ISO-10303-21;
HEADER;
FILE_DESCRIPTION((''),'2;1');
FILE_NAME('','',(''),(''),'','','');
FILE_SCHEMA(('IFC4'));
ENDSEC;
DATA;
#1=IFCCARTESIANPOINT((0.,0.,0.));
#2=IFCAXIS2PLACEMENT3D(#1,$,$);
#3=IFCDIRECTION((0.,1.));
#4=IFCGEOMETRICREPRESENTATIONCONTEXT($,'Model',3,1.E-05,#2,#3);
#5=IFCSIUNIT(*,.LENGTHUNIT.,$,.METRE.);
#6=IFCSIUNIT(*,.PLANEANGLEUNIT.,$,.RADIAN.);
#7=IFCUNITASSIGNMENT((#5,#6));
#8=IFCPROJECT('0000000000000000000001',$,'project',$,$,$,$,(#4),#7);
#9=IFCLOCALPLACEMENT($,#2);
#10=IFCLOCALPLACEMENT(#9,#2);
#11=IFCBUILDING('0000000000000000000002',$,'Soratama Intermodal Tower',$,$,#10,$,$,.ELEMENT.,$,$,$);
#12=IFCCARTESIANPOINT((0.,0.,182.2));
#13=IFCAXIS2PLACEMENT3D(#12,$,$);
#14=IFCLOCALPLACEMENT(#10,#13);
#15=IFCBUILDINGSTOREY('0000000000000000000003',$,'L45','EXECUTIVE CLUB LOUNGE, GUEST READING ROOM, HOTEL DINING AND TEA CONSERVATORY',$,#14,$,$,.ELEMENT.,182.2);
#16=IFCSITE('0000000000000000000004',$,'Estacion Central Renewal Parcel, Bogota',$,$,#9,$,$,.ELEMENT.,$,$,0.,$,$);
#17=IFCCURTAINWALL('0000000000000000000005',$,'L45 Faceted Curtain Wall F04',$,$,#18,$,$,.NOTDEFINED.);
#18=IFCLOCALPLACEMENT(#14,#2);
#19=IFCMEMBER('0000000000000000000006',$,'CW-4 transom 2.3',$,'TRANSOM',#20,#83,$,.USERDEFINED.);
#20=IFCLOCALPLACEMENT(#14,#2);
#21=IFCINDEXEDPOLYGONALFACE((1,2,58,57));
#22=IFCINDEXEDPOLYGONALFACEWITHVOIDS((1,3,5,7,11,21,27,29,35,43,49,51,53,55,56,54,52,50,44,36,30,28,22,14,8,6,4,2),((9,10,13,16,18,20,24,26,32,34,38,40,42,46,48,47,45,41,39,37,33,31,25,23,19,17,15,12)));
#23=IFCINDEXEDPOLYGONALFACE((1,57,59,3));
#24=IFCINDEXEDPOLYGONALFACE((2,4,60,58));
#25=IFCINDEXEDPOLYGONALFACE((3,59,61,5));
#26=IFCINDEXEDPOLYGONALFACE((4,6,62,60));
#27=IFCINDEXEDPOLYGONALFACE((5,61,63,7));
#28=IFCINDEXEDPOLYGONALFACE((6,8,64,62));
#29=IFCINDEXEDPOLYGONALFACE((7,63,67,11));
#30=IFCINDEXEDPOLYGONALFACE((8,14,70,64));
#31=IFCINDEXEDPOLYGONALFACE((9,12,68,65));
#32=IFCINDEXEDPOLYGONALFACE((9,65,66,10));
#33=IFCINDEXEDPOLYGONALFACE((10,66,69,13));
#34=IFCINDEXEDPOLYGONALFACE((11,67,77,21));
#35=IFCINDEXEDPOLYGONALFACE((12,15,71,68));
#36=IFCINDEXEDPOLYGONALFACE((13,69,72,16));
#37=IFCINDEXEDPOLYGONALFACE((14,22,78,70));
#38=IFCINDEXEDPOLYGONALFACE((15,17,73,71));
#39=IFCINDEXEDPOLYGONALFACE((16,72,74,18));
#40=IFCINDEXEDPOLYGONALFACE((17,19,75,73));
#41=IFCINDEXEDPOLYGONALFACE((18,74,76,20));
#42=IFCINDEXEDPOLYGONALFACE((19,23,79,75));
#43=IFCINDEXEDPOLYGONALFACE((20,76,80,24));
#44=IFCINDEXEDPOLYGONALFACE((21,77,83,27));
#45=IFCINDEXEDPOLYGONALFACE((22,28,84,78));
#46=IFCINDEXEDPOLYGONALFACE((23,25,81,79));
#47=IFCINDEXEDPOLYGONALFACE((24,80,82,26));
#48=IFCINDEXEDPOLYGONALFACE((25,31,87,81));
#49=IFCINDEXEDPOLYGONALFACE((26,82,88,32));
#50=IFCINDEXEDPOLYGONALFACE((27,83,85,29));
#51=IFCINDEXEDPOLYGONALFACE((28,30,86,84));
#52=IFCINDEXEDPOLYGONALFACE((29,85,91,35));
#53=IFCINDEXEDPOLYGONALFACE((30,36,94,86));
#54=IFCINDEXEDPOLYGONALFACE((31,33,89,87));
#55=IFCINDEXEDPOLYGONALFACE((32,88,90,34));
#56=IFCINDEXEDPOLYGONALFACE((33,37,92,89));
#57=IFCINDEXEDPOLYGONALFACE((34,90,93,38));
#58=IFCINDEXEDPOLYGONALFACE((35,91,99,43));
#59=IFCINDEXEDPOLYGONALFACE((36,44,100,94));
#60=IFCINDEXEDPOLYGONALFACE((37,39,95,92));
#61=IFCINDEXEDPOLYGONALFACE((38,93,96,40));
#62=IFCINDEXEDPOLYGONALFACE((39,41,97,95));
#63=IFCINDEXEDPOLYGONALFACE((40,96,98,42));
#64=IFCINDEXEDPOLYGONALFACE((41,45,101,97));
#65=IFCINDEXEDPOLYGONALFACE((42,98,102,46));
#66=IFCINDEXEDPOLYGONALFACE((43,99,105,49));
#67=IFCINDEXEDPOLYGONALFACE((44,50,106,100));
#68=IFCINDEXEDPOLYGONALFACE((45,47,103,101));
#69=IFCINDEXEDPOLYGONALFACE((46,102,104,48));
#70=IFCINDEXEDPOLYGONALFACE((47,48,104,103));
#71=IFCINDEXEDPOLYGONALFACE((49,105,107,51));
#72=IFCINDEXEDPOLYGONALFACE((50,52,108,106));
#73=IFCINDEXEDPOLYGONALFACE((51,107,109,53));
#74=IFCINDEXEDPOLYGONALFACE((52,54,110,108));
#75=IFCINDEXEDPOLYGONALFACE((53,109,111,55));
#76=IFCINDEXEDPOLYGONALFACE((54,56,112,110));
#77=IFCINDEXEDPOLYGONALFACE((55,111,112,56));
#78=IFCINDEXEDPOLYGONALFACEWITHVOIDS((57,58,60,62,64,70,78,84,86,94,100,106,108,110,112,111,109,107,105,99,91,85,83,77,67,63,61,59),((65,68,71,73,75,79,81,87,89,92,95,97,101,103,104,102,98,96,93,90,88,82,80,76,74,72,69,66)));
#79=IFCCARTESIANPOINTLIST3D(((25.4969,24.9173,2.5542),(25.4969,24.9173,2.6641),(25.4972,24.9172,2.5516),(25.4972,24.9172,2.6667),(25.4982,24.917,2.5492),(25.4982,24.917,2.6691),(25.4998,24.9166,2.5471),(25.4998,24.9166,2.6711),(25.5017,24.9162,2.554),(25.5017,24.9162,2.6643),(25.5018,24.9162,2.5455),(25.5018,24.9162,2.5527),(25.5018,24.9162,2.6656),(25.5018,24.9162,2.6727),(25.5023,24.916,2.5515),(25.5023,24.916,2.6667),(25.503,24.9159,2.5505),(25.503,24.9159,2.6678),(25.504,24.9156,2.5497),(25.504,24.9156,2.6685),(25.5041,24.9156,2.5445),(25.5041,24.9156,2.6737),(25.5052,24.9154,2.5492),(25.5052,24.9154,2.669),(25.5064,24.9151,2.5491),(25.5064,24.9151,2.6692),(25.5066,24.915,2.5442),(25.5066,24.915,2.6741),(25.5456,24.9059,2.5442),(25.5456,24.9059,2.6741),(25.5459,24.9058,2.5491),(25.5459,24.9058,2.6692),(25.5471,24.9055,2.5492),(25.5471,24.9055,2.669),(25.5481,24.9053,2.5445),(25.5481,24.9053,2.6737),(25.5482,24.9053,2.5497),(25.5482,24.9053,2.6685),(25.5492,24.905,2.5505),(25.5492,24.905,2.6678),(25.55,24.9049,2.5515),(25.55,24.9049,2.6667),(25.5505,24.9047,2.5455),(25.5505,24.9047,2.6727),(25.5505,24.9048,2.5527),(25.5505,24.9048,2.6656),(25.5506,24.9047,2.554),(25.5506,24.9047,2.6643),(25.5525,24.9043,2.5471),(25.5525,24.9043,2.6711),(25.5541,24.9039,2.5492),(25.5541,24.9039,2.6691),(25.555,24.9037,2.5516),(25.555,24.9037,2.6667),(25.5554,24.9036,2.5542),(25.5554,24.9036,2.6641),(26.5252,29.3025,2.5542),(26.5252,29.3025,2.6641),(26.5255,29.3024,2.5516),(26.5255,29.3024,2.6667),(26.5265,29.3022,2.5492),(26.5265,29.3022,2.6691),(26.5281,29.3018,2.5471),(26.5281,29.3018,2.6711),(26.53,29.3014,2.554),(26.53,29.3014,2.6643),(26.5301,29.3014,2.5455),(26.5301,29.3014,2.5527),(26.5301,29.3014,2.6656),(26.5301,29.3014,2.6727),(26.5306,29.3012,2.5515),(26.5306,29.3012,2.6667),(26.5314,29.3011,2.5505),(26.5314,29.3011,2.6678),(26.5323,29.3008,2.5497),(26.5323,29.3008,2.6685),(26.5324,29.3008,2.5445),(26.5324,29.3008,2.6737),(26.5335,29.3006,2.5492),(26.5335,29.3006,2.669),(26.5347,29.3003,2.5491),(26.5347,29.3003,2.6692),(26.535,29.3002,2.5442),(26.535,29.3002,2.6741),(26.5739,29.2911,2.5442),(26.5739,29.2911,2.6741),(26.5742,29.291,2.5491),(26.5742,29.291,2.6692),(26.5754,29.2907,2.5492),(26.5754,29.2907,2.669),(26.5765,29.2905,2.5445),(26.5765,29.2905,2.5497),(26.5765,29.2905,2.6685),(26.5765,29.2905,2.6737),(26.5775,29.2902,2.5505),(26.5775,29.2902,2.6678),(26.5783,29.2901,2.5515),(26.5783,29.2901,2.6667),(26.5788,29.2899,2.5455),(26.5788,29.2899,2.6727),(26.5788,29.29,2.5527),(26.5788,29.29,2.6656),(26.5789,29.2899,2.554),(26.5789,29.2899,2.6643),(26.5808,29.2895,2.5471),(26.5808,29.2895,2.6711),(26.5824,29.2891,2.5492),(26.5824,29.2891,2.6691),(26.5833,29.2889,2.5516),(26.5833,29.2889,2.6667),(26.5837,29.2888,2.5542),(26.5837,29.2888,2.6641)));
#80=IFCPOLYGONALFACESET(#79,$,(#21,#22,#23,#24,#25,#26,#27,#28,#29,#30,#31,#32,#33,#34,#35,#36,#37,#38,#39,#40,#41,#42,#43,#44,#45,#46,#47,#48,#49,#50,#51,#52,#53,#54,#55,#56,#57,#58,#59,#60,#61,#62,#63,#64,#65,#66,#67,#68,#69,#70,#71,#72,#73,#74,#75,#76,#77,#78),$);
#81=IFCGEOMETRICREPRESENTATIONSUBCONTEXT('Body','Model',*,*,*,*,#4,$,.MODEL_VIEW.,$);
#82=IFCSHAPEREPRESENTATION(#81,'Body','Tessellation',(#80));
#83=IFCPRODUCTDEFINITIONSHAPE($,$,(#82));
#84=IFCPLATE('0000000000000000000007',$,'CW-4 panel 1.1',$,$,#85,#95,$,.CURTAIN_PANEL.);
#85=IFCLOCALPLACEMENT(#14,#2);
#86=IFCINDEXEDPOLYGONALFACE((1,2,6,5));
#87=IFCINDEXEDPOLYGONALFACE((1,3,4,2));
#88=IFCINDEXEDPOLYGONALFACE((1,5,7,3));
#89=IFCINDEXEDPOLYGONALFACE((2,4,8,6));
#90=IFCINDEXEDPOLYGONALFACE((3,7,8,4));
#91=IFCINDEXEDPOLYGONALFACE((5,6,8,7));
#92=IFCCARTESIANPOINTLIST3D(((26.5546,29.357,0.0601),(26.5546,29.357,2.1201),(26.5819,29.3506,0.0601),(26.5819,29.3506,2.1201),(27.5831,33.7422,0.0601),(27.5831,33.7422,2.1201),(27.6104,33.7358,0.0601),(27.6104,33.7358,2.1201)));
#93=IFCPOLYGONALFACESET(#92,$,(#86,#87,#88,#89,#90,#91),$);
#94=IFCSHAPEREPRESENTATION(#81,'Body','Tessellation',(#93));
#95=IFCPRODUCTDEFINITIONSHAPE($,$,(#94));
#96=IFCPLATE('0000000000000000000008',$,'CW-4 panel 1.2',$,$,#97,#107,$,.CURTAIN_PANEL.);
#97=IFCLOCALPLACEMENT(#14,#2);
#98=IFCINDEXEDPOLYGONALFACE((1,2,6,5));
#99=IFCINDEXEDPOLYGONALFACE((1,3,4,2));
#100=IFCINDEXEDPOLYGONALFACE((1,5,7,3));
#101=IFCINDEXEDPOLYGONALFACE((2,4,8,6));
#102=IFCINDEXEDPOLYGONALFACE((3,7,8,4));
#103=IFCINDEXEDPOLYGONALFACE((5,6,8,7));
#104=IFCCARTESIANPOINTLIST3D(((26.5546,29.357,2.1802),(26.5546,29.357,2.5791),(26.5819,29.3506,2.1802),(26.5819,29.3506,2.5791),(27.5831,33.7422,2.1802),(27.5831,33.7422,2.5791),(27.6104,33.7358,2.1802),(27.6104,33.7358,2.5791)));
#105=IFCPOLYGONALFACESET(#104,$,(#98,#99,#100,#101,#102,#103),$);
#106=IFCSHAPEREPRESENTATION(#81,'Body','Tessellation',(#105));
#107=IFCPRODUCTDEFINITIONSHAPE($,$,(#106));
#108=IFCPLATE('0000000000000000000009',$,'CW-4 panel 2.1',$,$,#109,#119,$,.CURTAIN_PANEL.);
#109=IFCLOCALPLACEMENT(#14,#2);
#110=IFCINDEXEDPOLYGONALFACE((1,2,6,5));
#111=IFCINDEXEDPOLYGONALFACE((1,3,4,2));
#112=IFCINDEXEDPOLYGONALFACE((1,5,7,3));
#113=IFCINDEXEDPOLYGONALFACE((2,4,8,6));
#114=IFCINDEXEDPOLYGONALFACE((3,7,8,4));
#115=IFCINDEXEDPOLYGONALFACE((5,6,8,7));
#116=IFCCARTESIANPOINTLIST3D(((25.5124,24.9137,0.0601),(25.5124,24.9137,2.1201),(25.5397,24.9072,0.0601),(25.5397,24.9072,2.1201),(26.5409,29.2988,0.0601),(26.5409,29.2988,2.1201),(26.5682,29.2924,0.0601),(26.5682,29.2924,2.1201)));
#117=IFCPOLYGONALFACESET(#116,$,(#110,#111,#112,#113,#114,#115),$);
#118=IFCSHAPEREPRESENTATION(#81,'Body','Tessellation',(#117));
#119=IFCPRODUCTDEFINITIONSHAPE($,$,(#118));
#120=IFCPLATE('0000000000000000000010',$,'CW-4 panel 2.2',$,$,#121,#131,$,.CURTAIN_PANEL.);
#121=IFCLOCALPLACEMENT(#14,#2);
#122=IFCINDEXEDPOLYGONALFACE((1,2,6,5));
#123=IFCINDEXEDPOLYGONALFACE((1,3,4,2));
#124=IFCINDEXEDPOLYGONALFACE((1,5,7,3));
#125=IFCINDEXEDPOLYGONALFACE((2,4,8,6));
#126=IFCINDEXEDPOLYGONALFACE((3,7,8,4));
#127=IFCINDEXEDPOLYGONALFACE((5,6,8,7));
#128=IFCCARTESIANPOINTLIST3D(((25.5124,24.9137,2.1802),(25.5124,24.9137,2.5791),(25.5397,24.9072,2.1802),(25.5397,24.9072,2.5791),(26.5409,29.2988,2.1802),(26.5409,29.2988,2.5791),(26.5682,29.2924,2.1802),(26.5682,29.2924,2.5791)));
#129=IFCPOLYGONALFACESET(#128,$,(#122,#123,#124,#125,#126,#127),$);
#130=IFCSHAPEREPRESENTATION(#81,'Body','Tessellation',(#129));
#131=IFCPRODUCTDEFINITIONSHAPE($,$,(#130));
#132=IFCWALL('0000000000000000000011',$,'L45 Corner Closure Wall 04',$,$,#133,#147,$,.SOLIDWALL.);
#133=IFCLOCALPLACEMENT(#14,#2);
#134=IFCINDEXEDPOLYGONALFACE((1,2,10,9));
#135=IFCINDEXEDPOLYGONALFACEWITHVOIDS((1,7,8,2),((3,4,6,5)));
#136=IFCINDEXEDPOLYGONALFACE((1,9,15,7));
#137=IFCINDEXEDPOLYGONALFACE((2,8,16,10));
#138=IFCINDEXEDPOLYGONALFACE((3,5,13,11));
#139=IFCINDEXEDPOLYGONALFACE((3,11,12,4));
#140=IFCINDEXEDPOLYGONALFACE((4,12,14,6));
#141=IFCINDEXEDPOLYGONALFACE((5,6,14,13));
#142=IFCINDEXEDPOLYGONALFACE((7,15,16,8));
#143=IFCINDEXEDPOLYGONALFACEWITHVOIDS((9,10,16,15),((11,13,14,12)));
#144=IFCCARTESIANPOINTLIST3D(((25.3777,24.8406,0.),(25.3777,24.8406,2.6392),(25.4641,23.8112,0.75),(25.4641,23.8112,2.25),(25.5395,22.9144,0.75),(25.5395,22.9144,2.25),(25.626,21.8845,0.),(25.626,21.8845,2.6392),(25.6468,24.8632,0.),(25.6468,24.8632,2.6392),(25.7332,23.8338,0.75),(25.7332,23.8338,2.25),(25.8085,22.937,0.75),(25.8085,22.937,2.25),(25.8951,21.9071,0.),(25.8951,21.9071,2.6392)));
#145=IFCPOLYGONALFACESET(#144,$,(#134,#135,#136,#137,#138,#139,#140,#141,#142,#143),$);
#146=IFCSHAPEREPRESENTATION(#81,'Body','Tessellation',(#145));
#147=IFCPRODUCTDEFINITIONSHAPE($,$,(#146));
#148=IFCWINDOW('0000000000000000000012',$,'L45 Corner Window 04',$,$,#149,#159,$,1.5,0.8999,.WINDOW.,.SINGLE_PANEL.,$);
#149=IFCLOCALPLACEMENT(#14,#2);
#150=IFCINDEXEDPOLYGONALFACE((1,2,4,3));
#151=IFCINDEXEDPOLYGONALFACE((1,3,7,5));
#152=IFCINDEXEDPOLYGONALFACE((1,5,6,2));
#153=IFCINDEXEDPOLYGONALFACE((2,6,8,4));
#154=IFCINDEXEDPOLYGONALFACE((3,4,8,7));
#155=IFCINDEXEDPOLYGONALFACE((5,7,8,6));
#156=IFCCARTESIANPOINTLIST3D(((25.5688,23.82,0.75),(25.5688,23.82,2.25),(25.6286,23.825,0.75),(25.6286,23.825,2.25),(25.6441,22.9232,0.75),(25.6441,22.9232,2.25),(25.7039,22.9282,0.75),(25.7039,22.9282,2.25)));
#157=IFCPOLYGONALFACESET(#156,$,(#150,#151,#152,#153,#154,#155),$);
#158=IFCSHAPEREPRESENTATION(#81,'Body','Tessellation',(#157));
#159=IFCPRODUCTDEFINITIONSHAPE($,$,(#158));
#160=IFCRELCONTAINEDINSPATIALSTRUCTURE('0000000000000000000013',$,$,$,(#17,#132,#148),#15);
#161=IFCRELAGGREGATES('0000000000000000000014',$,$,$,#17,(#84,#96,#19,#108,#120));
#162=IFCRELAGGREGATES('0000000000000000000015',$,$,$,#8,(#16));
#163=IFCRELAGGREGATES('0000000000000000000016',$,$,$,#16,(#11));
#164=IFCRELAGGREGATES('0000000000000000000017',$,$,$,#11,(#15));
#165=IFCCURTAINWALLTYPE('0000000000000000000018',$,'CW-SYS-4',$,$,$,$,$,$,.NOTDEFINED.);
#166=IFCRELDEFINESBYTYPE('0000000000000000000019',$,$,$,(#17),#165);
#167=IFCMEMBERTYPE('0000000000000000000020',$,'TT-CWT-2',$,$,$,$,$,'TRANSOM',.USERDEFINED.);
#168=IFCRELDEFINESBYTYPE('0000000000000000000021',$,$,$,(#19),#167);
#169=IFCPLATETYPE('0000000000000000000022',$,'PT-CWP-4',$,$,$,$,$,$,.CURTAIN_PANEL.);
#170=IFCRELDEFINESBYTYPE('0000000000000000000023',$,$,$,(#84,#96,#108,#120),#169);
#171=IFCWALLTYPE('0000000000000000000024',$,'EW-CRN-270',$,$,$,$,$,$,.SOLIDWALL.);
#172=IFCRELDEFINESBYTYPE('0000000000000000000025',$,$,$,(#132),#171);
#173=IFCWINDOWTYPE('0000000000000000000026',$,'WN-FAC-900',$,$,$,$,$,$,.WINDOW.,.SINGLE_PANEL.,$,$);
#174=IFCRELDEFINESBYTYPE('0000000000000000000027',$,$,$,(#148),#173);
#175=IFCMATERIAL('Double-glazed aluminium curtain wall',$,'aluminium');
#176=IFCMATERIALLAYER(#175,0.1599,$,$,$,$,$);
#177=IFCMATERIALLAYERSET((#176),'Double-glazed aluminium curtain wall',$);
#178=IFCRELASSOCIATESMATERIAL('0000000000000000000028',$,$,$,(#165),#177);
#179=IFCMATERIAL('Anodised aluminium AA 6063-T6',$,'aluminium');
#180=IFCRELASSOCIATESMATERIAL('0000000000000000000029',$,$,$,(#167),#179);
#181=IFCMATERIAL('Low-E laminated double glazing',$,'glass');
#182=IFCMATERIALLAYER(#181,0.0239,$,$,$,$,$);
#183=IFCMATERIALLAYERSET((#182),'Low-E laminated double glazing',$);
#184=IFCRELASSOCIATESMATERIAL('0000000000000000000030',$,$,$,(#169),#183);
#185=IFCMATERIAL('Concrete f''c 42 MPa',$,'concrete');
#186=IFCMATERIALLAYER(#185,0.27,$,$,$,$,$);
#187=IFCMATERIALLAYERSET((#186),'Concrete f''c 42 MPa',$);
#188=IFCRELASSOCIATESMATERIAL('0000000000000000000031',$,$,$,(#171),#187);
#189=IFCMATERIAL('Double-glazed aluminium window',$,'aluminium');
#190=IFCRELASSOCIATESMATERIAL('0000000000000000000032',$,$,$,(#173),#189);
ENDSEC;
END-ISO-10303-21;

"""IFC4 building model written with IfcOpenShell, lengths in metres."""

from ifc_helpers import new_model, si_unit, direction, frame, frame_2d, origin, origin_2d, place, context, subcontext, project, spatial, rectangle, hollow_rectangle, extrude, material, layer, layer_set, material_profile, profile_set, type_object, element, fill, aggregate, save


model = new_model("IFC4")

# Units and contexts
model_context = context("Model", 3, precision=1e-05, world=origin(), true_north=direction((0.0, 1.0)))
body_context = subcontext(model_context, "Body", "Model", "MODEL_VIEW")
ifc_project = project(units=[si_unit("LENGTHUNIT", "METRE"), si_unit("PLANEANGLEUNIT", "RADIAN")], contexts=[model_context])

# Site, building, storey
site_placement = place(None, origin())
site = spatial("IfcSite", under=ifc_project, at=site_placement, Name="Estacion Central Renewal Parcel, Bogota", CompositionType="ELEMENT", RefElevation=0.0)
building_placement = place(site_placement, origin())
building = spatial("IfcBuilding", under=site, at=building_placement, Name="Soratama Intermodal Tower", CompositionType="ELEMENT")
storey_placement = place(building_placement, frame((0.0, 0.0, 182.2)))
storey = spatial("IfcBuildingStorey", under=building, at=storey_placement, Name="L45", Description="EXECUTIVE CLUB LOUNGE, GUEST READING ROOM, HOTEL DINING AND TEA CONSERVATORY", CompositionType="ELEMENT", Elevation=182.2)

# Curtain wall, member, plates
ifc_material_1 = material(Name="Double-glazed aluminium curtain wall", Category="aluminium")
ifc_layer_1 = layer(ifc_material_1, 0.1599)
ifc_layer_set_1 = layer_set([ifc_layer_1], Name="Double-glazed aluminium curtain wall")
curtain_wall_type = type_object("IfcCurtainWallType", Name="CW-SYS-4", PredefinedType="NOTDEFINED", material=ifc_layer_set_1)
curtain_wall_placement = place(storey_placement, origin())
curtain_wall = element("IfcCurtainWall", 1, at=curtain_wall_placement, inside=storey, type_object=curtain_wall_type, Name="L45 Faceted Curtain Wall F04", PredefinedType="NOTDEFINED")
ifc_material_2 = material(Name="Anodised aluminium AA 6063-T6", Category="aluminium")
ifc_material_profile_1 = material_profile(ifc_material_2, hollow_rectangle(XDim=0.0601, YDim=0.1299, WallThickness=0.0049, InnerFilletRadius=0.0049, OuterFilletRadius=0.01, at=origin_2d()), Name="CWT130X60X5")
ifc_profile_set_1 = profile_set([ifc_material_profile_1], Name="Anodised aluminium AA 6063-T6")
member_type_1 = type_object("IfcMemberType", Name="TT-CWT-2", ElementType="TRANSOM", PredefinedType="USERDEFINED", material=ifc_profile_set_1)
member_1_placement = place(storey_placement, frame((26.5544, 29.2957, 2.6091), z_axis=(-0.228302, -0.97359, 0.0), x_axis=(0.97359, -0.228302, 0.0)))
member_1 = element("IfcMember", 2, at=member_1_placement, type_object=member_type_1, Name="CW-4 transom 2.3", ObjectType="TRANSOM", PredefinedType="USERDEFINED", context=body_context, shape_type="SweptSolid", body=[
    extrude(hollow_rectangle(XDim=0.0601, YDim=0.1299, WallThickness=0.0049, InnerFilletRadius=0.0049, OuterFilletRadius=0.01, at=origin_2d()), origin(), (0.0, 0.0, 1.0), 4.5042),
])
ifc_material_3 = material(Name="Low-E laminated double glazing", Category="glass")
ifc_layer_2 = layer(ifc_material_3, 0.0239)
ifc_layer_set_2 = layer_set([ifc_layer_2], Name="Low-E laminated double glazing")
plate_type = type_object("IfcPlateType", Name="PT-CWP-4", PredefinedType="CURTAIN_PANEL", material=ifc_layer_set_2)
plate_1_placement = place(storey_placement, frame((27.0825, 31.5464, 0.0601), z_axis=(0.0, 0.0, 1.0), x_axis=(-0.228351, -0.973579, 0.0)))
plate_1 = element("IfcPlate", 3, at=plate_1_placement, type_object=plate_type, Name="CW-4 panel 1.1", PredefinedType="CURTAIN_PANEL", context=body_context, shape_type="SweptSolid", body=[
    extrude(rectangle(XDim=4.5042, YDim=0.0281, at=origin_2d()), origin(), (0.0, 0.0, 1.0), 2.0601),
])
plate_2_placement = place(storey_placement, frame((27.0825, 31.5464, 2.1802), z_axis=(0.0, 0.0, 1.0), x_axis=(-0.228351, -0.973579, 0.0)))
plate_2 = element("IfcPlate", 4, at=plate_2_placement, type_object=plate_type, Name="CW-4 panel 1.2", PredefinedType="CURTAIN_PANEL", context=body_context, shape_type="SweptSolid", body=[
    extrude(rectangle(XDim=4.5042, YDim=0.0281, at=origin_2d()), origin(), (0.0, 0.0, 1.0), 0.3989),
])
plate_3_placement = place(storey_placement, frame((26.0403, 27.103, 0.0601), z_axis=(0.0, 0.0, 1.0), x_axis=(-0.228351, -0.973579, 0.0)))
plate_3 = element("IfcPlate", 5, at=plate_3_placement, type_object=plate_type, Name="CW-4 panel 2.1", PredefinedType="CURTAIN_PANEL", context=body_context, shape_type="SweptSolid", body=[
    extrude(rectangle(XDim=4.5042, YDim=0.0281, at=origin_2d()), origin(), (0.0, 0.0, 1.0), 2.0601),
])
plate_4_placement = place(storey_placement, frame((26.0403, 27.103, 2.1802), z_axis=(0.0, 0.0, 1.0), x_axis=(-0.228351, -0.973579, 0.0)))
plate_4 = element("IfcPlate", 6, at=plate_4_placement, type_object=plate_type, Name="CW-4 panel 2.2", PredefinedType="CURTAIN_PANEL", context=body_context, shape_type="SweptSolid", body=[
    extrude(rectangle(XDim=4.5042, YDim=0.0281, at=origin_2d()), origin(), (0.0, 0.0, 1.0), 0.3989),
])
aggregate(curtain_wall, [plate_1, plate_2, member_1, plate_3, plate_4])

# Wall, opening, window
ifc_material_4 = material(Name="Concrete f'c 42 MPa", Category="concrete")
ifc_layer_3 = layer(ifc_material_4, 0.27)
ifc_layer_set_3 = layer_set([ifc_layer_3], Name="Concrete f'c 42 MPa")
wall_type_1 = type_object("IfcWallType", Name="EW-CRN-270", PredefinedType="SOLIDWALL", material=ifc_layer_set_3)
wall_1_placement = place(storey_placement, frame((25.5122, 24.8521, 0.0), z_axis=(0.0, 0.0, 1.0), x_axis=(0.083699, -0.996491, 0.0)))
wall_1 = element("IfcWall", 7, at=wall_1_placement, inside=storey, type_object=wall_type_1, Name="L45 Corner Closure Wall 04", PredefinedType="SOLIDWALL", context=body_context, shape_type="SweptSolid", body=[
    extrude(rectangle(XDim=2.9666, YDim=0.27, at=frame_2d((1.4834, 0.0))), origin(), (0.0, 0.0, 1.0), 2.6392),
])
opening_1_placement = place(wall_1_placement, frame((1.0332, 0.0, 0.75)))
opening_1 = element("IfcOpeningElement", 8, at=opening_1_placement, cuts=wall_1, PredefinedType="OPENING", context=body_context, shape_type="SweptSolid", body=[
    extrude(rectangle(XDim=0.8999, YDim=1.5, at=frame_2d((0.45, 0.75))), frame((0.0, 0.145, 0.0), z_axis=(0.0, -1.0, 0.0), x_axis=(1.0, 0.0, 0.0)), (0.0, 0.0, 1.0), 0.29),
])
ifc_material_5 = material(Name="Double-glazed aluminium window", Category="aluminium")
window_type = type_object("IfcWindowType", Name="WN-FAC-900", PartitioningType="SINGLE_PANEL", PredefinedType="WINDOW", material=ifc_material_5)
window_placement = place(opening_1_placement, origin())
window = element("IfcWindow", 9, at=window_placement, inside=storey, type_object=window_type, Name="L45 Corner Window 04", OverallHeight=1.5, OverallWidth=0.8999, PartitioningType="SINGLE_PANEL", PredefinedType="WINDOW", context=body_context, shape_type="SweptSolid", body=[
    extrude(rectangle(XDim=0.8999, YDim=1.5, at=frame_2d((0.45, 0.75))), frame((0.0, 0.03, 0.0), z_axis=(0.0, -1.0, 0.0), x_axis=(1.0, 0.0, 0.0)), (0.0, 0.0, 1.0), 0.0601),
])
fill(opening_1, window)

save(model, "model.ifc")
